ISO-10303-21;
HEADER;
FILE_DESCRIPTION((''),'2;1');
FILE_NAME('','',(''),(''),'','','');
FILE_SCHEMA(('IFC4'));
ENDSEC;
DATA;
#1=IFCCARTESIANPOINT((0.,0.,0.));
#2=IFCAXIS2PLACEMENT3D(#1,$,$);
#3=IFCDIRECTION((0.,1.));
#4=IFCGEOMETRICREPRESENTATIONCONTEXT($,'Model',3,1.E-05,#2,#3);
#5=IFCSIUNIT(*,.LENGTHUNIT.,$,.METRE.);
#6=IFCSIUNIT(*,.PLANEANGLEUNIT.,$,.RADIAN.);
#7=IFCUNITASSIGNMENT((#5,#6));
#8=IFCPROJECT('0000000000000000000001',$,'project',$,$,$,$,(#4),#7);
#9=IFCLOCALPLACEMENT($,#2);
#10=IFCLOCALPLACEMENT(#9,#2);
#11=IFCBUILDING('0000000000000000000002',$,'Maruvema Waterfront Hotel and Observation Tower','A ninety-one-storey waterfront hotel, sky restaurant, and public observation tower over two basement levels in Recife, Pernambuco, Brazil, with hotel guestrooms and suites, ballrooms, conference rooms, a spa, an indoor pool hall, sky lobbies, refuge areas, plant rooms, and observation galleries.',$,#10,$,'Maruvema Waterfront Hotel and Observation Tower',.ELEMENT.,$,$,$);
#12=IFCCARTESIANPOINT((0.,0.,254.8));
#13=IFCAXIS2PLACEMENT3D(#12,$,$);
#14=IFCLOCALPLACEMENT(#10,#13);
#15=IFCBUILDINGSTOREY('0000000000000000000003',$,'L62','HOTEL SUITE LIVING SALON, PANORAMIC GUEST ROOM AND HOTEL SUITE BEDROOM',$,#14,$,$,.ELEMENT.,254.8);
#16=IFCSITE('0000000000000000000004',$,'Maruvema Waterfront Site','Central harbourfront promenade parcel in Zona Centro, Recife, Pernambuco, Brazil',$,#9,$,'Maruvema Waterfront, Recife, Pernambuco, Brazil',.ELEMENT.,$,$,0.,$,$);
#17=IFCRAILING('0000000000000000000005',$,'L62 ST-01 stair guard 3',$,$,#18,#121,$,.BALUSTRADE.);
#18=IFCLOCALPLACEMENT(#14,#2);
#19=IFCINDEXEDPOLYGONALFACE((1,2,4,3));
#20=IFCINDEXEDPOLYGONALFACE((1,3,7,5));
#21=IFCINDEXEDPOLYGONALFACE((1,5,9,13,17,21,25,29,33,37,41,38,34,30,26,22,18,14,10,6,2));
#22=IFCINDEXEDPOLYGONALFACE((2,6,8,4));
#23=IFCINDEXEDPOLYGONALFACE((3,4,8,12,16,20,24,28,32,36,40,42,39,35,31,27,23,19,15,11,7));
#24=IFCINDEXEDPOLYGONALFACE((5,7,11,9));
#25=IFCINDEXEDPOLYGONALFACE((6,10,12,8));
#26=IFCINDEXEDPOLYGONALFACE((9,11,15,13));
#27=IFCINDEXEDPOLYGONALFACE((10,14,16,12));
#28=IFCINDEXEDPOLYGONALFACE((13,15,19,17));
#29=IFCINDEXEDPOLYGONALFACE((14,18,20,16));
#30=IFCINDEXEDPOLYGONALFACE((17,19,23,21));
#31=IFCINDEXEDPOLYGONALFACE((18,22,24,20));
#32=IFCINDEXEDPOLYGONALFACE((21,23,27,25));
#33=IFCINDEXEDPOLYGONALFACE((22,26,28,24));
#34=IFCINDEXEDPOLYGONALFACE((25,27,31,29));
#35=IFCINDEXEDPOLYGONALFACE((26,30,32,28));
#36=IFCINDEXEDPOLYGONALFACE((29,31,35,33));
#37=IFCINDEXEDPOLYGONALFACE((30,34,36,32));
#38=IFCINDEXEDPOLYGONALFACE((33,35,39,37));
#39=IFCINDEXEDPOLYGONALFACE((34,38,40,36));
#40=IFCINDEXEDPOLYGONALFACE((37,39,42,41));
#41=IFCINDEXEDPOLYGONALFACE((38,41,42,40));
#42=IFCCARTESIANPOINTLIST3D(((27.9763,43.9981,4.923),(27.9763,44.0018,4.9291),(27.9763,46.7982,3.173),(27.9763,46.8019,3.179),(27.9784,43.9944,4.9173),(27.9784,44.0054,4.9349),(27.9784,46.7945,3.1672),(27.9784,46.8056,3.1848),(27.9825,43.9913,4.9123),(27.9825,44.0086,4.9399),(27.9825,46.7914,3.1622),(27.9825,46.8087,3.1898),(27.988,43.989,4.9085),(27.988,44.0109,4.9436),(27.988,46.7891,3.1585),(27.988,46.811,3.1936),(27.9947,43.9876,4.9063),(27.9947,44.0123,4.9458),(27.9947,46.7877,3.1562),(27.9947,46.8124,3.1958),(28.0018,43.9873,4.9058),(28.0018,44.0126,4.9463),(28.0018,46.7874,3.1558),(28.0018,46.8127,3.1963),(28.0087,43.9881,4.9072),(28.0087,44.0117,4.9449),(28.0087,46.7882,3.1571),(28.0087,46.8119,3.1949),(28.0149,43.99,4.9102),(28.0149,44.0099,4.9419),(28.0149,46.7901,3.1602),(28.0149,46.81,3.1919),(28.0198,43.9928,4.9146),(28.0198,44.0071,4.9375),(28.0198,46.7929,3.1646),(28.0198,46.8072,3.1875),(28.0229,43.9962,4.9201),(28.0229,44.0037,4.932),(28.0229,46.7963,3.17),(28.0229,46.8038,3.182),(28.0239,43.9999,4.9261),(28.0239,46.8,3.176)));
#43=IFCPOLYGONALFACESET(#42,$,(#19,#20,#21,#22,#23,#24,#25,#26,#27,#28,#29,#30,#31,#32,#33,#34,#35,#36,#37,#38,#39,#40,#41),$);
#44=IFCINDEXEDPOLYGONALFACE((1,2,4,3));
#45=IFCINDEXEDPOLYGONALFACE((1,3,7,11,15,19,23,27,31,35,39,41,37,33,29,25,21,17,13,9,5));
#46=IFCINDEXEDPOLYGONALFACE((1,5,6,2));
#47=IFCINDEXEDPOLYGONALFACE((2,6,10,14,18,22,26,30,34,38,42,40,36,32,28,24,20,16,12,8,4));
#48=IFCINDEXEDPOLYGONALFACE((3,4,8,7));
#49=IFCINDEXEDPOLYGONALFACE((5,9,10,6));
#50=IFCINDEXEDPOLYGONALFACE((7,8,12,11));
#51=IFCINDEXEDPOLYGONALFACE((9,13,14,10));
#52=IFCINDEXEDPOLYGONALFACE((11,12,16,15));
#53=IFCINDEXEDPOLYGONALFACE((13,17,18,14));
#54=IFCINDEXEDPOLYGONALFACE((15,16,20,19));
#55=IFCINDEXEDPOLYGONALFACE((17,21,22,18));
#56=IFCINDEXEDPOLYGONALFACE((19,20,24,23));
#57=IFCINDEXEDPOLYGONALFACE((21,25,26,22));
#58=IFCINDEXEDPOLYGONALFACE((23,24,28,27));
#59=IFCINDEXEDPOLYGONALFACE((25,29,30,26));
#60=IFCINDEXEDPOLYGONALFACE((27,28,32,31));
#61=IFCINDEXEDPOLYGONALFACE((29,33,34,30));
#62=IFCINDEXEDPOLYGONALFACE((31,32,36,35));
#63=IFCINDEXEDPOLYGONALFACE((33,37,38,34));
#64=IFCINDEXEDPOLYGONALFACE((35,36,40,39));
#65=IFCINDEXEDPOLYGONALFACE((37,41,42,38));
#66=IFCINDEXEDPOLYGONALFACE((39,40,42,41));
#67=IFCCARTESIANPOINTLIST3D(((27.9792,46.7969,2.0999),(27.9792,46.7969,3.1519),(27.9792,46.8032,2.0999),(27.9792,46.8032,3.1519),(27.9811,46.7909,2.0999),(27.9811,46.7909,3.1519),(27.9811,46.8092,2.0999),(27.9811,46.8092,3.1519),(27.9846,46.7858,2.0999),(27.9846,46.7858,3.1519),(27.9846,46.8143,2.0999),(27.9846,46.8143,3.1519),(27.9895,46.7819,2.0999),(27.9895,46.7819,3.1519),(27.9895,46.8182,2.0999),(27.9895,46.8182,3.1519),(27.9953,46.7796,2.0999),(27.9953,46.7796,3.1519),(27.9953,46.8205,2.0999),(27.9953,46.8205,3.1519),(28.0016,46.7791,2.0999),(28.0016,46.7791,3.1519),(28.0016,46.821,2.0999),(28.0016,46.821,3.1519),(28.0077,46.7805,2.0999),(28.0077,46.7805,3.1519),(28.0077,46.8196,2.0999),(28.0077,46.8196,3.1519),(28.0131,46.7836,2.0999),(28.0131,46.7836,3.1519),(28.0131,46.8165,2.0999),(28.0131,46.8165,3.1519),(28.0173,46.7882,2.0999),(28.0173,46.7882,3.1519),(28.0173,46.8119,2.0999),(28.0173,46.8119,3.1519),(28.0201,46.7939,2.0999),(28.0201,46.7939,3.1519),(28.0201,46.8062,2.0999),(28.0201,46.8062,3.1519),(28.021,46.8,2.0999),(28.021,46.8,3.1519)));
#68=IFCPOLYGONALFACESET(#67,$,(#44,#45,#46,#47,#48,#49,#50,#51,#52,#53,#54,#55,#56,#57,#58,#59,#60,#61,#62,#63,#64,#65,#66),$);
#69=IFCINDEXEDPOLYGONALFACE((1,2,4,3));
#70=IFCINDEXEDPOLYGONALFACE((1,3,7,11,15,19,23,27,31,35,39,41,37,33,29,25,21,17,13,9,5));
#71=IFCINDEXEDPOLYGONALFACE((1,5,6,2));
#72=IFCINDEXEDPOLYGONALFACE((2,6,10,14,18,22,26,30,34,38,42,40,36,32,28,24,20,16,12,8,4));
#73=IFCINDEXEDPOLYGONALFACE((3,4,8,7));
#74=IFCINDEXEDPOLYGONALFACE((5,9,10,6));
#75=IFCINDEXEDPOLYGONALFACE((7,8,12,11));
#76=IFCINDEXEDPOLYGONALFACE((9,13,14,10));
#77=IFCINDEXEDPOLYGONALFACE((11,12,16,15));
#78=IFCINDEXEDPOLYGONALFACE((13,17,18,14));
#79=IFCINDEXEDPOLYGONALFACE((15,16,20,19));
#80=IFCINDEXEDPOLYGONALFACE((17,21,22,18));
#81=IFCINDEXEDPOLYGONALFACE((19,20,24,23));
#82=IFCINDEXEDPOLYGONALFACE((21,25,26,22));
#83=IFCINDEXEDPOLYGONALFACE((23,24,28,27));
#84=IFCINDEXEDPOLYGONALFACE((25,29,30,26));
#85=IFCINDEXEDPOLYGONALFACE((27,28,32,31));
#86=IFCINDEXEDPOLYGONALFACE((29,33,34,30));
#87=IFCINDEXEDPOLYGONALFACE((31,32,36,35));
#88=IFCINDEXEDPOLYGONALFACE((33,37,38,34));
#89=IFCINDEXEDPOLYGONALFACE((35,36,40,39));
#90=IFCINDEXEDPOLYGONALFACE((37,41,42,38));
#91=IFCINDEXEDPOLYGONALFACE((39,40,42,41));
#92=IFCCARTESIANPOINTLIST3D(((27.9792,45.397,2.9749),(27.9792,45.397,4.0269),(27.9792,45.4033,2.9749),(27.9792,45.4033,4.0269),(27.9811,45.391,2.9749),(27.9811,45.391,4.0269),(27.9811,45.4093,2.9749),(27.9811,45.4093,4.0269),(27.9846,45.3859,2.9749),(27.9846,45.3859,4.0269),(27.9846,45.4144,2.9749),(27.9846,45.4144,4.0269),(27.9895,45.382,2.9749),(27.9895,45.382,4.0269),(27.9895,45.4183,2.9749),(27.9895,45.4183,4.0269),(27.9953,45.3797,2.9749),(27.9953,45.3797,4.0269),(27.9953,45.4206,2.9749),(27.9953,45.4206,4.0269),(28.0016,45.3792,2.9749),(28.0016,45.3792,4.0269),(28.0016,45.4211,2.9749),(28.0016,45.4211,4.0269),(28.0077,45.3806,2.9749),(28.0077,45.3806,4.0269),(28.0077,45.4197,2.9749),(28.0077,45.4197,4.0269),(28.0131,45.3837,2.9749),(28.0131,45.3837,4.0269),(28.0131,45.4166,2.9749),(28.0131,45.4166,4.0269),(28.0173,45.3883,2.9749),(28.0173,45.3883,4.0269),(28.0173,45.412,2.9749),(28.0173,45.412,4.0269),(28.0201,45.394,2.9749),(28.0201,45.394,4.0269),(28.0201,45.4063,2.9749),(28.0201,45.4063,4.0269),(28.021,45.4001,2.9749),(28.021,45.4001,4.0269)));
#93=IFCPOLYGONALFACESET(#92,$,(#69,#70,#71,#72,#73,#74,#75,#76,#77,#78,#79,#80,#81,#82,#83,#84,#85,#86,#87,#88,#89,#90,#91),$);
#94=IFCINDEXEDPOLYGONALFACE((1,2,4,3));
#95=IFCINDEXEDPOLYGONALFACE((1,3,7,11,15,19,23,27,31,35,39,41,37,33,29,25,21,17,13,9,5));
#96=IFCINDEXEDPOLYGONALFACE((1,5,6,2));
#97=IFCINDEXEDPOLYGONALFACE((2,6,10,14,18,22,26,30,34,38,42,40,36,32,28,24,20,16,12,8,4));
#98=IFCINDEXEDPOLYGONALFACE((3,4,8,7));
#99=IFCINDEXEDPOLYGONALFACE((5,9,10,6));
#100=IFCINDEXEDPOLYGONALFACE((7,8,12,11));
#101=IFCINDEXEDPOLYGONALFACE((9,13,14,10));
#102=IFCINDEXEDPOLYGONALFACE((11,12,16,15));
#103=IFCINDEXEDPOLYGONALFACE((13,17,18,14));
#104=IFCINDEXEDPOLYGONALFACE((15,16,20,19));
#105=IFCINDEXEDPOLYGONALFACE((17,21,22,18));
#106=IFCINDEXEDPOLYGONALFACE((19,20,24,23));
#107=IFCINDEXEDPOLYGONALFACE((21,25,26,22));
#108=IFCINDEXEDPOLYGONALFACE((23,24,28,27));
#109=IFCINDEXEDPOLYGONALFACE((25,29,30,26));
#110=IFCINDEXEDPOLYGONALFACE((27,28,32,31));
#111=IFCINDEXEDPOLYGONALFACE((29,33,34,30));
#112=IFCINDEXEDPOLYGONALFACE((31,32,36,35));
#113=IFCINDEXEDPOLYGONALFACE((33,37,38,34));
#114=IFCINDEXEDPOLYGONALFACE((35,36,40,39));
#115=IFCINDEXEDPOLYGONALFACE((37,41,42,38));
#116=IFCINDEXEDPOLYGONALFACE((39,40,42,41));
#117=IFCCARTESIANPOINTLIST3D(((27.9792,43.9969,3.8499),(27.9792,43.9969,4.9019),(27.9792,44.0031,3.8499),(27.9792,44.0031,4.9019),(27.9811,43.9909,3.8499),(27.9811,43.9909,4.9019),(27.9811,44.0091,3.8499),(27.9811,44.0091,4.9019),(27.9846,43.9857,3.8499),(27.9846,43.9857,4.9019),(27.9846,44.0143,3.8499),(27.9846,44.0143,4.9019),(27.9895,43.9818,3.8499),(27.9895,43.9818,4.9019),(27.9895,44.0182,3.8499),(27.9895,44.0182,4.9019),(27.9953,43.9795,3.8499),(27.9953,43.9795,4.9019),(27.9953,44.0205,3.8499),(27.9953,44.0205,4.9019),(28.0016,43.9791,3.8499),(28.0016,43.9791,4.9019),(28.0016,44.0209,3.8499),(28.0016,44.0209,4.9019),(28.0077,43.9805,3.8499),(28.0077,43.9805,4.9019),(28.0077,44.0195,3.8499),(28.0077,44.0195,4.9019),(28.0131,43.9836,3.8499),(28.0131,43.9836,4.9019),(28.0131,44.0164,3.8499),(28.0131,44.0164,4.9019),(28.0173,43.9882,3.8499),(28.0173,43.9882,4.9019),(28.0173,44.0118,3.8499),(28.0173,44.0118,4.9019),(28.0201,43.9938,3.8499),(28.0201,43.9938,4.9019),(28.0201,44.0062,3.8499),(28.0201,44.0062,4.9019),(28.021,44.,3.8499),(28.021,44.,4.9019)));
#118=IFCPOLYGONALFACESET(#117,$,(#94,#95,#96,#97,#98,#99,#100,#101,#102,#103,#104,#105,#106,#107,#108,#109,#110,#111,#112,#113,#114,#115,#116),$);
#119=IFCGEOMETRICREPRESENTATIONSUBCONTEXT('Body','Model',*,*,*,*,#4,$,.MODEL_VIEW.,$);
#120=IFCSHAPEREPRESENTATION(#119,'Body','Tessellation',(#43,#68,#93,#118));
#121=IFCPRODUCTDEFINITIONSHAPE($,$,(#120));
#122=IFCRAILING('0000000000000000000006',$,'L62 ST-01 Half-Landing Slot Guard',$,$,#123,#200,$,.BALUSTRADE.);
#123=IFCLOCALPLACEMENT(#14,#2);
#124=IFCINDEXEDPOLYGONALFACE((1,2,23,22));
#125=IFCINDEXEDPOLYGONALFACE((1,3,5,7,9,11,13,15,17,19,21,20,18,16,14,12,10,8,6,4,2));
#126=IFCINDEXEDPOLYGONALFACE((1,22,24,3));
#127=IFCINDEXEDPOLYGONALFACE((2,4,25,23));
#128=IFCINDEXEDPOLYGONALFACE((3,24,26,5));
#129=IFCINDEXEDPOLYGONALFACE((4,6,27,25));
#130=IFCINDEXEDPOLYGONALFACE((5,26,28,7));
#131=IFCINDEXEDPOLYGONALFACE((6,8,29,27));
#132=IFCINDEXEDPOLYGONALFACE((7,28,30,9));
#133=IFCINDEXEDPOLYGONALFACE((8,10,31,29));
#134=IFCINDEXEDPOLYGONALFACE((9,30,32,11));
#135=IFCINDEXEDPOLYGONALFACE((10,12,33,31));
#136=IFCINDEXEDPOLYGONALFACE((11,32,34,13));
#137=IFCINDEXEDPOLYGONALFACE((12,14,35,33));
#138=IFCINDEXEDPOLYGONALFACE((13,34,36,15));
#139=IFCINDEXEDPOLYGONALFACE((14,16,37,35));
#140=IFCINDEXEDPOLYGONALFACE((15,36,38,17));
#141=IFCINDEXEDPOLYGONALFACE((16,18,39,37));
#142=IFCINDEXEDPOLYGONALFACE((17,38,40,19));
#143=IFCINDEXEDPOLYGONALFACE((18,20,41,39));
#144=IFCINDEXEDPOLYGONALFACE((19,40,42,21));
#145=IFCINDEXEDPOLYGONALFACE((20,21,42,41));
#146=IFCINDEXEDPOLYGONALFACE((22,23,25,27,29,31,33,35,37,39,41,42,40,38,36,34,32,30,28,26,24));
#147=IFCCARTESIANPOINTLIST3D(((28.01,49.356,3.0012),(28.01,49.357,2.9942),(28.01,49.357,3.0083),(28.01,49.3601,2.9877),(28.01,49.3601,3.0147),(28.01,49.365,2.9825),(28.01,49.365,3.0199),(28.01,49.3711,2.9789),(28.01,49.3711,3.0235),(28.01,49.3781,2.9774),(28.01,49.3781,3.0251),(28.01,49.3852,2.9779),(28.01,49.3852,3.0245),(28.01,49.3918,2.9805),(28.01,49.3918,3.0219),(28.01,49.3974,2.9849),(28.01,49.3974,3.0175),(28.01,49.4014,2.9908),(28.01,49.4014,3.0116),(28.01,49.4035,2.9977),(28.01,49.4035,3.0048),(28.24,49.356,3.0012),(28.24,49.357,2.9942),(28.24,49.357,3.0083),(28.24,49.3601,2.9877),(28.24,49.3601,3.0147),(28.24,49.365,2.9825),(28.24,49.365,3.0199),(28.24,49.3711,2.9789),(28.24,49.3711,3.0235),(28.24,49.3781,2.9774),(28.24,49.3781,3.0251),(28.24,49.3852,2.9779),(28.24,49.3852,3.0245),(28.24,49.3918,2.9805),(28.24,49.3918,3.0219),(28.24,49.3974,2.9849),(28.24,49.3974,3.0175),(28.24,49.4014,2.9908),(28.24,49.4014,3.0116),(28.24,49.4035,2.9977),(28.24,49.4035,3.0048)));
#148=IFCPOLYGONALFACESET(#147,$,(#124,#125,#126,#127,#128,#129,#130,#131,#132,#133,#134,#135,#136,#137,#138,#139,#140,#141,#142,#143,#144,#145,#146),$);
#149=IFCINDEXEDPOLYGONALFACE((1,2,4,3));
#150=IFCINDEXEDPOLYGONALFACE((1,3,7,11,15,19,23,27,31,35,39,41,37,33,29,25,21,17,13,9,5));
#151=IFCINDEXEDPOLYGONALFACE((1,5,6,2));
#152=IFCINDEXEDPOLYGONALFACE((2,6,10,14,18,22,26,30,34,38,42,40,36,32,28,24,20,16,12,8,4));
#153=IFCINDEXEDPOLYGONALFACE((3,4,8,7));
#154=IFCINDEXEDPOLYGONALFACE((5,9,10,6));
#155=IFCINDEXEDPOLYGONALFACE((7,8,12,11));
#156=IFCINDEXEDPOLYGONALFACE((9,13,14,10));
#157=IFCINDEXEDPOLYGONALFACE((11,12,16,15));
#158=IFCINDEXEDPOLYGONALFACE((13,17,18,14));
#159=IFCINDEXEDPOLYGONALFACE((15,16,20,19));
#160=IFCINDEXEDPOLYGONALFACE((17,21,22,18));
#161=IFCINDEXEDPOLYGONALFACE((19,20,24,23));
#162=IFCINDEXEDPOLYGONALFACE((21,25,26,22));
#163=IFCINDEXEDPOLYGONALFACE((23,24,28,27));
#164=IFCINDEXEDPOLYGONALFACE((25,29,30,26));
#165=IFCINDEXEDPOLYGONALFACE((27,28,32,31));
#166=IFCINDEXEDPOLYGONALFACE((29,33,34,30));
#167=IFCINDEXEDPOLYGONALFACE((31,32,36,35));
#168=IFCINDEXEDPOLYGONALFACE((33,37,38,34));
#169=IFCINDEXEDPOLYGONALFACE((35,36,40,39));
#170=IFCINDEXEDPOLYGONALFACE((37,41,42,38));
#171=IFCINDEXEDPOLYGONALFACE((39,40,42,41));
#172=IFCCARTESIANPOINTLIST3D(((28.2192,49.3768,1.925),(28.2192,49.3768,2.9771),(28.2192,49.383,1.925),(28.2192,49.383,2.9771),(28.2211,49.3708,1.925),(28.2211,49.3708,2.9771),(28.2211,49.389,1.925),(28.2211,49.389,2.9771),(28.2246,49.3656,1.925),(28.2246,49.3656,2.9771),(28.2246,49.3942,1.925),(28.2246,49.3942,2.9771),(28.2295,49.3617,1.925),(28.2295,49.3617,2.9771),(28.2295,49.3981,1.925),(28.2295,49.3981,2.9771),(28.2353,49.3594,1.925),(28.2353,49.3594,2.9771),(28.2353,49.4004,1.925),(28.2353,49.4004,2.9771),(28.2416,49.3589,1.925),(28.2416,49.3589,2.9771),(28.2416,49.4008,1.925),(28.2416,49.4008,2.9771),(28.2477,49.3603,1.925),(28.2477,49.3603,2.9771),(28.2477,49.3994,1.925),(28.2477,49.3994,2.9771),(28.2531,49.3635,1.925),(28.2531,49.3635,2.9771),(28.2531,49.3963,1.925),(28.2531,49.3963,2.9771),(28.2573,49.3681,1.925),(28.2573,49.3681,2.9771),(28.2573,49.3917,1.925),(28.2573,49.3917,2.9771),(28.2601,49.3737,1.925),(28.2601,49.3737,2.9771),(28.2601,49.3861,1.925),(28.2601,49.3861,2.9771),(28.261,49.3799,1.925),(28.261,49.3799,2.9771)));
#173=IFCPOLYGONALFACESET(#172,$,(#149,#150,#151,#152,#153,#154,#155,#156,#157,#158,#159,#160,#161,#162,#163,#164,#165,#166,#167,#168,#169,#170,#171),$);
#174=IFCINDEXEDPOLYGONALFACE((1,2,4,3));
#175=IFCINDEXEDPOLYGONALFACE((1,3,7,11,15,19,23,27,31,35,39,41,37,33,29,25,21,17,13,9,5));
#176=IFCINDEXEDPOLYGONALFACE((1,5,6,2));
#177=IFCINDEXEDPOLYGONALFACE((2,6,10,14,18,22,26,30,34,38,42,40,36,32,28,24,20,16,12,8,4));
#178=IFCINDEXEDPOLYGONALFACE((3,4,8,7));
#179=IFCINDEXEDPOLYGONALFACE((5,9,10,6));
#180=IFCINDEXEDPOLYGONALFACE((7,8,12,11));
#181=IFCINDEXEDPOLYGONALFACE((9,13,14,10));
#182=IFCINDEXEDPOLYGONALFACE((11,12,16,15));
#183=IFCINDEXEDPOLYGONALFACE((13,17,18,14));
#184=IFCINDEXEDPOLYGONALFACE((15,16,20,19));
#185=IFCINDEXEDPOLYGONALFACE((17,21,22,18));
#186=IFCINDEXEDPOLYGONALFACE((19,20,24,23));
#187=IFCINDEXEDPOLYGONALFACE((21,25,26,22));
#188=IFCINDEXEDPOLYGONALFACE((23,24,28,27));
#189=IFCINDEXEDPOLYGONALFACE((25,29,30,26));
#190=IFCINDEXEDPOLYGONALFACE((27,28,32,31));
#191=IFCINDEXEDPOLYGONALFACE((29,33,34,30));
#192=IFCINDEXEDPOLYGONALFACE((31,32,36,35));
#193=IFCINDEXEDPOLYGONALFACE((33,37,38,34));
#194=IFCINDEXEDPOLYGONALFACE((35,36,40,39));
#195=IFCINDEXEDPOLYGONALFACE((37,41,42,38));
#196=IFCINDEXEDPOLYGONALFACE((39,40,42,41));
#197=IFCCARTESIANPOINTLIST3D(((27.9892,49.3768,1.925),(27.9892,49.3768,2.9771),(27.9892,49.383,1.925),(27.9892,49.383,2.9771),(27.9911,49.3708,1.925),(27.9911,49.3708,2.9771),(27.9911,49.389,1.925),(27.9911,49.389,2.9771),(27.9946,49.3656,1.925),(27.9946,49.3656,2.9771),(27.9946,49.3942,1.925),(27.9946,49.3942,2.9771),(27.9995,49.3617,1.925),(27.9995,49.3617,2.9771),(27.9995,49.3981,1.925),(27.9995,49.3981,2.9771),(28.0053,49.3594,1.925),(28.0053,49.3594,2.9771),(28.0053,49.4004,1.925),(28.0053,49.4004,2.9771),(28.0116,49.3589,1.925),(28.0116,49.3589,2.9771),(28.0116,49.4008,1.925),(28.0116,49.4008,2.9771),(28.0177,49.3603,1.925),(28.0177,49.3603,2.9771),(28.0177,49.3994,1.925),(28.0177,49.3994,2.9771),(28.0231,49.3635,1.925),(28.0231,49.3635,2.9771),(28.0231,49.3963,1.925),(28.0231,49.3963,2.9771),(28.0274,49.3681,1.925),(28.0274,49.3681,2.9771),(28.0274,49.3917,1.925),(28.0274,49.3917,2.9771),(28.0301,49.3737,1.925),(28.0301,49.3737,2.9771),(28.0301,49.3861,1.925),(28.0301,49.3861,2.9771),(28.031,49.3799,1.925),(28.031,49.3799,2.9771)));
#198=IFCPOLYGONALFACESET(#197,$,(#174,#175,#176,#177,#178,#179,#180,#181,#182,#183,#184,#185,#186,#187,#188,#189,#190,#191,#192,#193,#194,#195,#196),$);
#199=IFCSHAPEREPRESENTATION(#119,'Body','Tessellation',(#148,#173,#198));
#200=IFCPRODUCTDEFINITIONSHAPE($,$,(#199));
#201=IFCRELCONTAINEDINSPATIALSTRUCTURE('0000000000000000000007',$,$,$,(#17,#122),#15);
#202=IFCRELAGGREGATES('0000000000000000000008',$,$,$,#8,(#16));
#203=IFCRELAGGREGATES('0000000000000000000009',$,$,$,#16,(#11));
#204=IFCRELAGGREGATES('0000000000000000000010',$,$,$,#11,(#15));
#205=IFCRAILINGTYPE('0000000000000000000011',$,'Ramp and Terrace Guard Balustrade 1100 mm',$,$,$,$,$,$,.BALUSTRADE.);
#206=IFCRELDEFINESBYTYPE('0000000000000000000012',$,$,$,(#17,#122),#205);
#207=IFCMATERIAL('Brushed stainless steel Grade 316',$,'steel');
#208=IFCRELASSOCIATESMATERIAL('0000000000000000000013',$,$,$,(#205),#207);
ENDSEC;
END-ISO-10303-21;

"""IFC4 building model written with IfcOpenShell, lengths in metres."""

from ifc_helpers import new_model, si_unit, direction, frame, origin, origin_2d, place, context, subcontext, project, spatial, circle, extrude, material, type_object, element, save


model = new_model("IFC4")

# Units and contexts
model_context = context("Model", 3, precision=1e-05, world=origin(), true_north=direction((0.0, 1.0)))
body_context = subcontext(model_context, "Body", "Model", "MODEL_VIEW")
ifc_project = project(units=[si_unit("LENGTHUNIT", "METRE"), si_unit("PLANEANGLEUNIT", "RADIAN")], contexts=[model_context])

# Site, building, storey
site_placement = place(None, origin())
site = spatial("IfcSite", under=ifc_project, at=site_placement, Name="Maruvema Waterfront Site", Description="Central harbourfront promenade parcel in Zona Centro, Recife, Pernambuco, Brazil", LongName="Maruvema Waterfront, Recife, Pernambuco, Brazil", CompositionType="ELEMENT", RefElevation=0.0)
building_placement = place(site_placement, origin())
building = spatial("IfcBuilding", under=site, at=building_placement, Name="Maruvema Waterfront Hotel and Observation Tower", Description="A ninety-one-storey waterfront hotel, sky restaurant, and public observation tower over two basement levels in Recife, Pernambuco, Brazil, with hotel guestrooms and suites, ballrooms, conference rooms, a spa, an indoor pool hall, sky lobbies, refuge areas, plant rooms, and observation galleries.", LongName="Maruvema Waterfront Hotel and Observation Tower", CompositionType="ELEMENT")
storey_placement = place(building_placement, frame((0.0, 0.0, 254.8)))
storey = spatial("IfcBuildingStorey", under=building, at=storey_placement, Name="L62", Description="HOTEL SUITE LIVING SALON, PANORAMIC GUEST ROOM AND HOTEL SUITE BEDROOM", CompositionType="ELEMENT", Elevation=254.8)

# Railings
ifc_material_1 = material(Name="Brushed stainless steel Grade 316", Category="steel")
railing_type_1 = type_object("IfcRailingType", Name="Ramp and Terrace Guard Balustrade 1100 mm", PredefinedType="BALUSTRADE", material=ifc_material_1)
railing_1_placement = place(storey_placement, frame((28.0, 46.8, 2.0999)))
element("IfcRailing", 1, at=railing_1_placement, inside=storey, type_object=railing_type_1, Name="L62 ST-01 stair guard 3", PredefinedType="BALUSTRADE", context=body_context, shape_type="SweptSolid", body=[
    extrude(circle(Radius=0.0239, at=origin_2d()), frame((0.0, 0.0, 1.0762), z_axis=(0.0, -0.848002, 0.529992), x_axis=(1.0, 0.0, 0.0)), (0.0, 0.0, 1.0), 3.302),
    extrude(circle(Radius=0.021, at=origin_2d()), origin(), (0.0, 0.0, 1.0), 1.052),
    extrude(circle(Radius=0.021, at=origin_2d()), frame((0.0, -1.3999, 0.875)), (0.0, 0.0, 1.0), 1.052),
    extrude(circle(Radius=0.021, at=origin_2d()), frame((0.0, -2.8, 1.75)), (0.0, 0.0, 1.0), 1.052),
])
railing_2_placement = place(storey_placement, frame((28.24, 49.3799, 1.925)))
element("IfcRailing", 2, at=railing_2_placement, inside=storey, type_object=railing_type_1, Name="L62 ST-01 Half-Landing Slot Guard", PredefinedType="BALUSTRADE", context=body_context, shape_type="SweptSolid", body=[
    extrude(circle(Radius=0.0239, at=origin_2d()), frame((0.0, 0.0, 1.0762), z_axis=(-1.0, 0.0, 0.0), x_axis=(0.0, -1.0, 0.0)), (0.0, 0.0, 1.0), 0.23),
    extrude(circle(Radius=0.021, at=origin_2d()), origin(), (0.0, 0.0, 1.0), 1.052),
    extrude(circle(Radius=0.021, at=origin_2d()), frame((-0.23, 0.0, 0.0)), (0.0, 0.0, 1.0), 1.052),
])

save(model, "model.ifc")
